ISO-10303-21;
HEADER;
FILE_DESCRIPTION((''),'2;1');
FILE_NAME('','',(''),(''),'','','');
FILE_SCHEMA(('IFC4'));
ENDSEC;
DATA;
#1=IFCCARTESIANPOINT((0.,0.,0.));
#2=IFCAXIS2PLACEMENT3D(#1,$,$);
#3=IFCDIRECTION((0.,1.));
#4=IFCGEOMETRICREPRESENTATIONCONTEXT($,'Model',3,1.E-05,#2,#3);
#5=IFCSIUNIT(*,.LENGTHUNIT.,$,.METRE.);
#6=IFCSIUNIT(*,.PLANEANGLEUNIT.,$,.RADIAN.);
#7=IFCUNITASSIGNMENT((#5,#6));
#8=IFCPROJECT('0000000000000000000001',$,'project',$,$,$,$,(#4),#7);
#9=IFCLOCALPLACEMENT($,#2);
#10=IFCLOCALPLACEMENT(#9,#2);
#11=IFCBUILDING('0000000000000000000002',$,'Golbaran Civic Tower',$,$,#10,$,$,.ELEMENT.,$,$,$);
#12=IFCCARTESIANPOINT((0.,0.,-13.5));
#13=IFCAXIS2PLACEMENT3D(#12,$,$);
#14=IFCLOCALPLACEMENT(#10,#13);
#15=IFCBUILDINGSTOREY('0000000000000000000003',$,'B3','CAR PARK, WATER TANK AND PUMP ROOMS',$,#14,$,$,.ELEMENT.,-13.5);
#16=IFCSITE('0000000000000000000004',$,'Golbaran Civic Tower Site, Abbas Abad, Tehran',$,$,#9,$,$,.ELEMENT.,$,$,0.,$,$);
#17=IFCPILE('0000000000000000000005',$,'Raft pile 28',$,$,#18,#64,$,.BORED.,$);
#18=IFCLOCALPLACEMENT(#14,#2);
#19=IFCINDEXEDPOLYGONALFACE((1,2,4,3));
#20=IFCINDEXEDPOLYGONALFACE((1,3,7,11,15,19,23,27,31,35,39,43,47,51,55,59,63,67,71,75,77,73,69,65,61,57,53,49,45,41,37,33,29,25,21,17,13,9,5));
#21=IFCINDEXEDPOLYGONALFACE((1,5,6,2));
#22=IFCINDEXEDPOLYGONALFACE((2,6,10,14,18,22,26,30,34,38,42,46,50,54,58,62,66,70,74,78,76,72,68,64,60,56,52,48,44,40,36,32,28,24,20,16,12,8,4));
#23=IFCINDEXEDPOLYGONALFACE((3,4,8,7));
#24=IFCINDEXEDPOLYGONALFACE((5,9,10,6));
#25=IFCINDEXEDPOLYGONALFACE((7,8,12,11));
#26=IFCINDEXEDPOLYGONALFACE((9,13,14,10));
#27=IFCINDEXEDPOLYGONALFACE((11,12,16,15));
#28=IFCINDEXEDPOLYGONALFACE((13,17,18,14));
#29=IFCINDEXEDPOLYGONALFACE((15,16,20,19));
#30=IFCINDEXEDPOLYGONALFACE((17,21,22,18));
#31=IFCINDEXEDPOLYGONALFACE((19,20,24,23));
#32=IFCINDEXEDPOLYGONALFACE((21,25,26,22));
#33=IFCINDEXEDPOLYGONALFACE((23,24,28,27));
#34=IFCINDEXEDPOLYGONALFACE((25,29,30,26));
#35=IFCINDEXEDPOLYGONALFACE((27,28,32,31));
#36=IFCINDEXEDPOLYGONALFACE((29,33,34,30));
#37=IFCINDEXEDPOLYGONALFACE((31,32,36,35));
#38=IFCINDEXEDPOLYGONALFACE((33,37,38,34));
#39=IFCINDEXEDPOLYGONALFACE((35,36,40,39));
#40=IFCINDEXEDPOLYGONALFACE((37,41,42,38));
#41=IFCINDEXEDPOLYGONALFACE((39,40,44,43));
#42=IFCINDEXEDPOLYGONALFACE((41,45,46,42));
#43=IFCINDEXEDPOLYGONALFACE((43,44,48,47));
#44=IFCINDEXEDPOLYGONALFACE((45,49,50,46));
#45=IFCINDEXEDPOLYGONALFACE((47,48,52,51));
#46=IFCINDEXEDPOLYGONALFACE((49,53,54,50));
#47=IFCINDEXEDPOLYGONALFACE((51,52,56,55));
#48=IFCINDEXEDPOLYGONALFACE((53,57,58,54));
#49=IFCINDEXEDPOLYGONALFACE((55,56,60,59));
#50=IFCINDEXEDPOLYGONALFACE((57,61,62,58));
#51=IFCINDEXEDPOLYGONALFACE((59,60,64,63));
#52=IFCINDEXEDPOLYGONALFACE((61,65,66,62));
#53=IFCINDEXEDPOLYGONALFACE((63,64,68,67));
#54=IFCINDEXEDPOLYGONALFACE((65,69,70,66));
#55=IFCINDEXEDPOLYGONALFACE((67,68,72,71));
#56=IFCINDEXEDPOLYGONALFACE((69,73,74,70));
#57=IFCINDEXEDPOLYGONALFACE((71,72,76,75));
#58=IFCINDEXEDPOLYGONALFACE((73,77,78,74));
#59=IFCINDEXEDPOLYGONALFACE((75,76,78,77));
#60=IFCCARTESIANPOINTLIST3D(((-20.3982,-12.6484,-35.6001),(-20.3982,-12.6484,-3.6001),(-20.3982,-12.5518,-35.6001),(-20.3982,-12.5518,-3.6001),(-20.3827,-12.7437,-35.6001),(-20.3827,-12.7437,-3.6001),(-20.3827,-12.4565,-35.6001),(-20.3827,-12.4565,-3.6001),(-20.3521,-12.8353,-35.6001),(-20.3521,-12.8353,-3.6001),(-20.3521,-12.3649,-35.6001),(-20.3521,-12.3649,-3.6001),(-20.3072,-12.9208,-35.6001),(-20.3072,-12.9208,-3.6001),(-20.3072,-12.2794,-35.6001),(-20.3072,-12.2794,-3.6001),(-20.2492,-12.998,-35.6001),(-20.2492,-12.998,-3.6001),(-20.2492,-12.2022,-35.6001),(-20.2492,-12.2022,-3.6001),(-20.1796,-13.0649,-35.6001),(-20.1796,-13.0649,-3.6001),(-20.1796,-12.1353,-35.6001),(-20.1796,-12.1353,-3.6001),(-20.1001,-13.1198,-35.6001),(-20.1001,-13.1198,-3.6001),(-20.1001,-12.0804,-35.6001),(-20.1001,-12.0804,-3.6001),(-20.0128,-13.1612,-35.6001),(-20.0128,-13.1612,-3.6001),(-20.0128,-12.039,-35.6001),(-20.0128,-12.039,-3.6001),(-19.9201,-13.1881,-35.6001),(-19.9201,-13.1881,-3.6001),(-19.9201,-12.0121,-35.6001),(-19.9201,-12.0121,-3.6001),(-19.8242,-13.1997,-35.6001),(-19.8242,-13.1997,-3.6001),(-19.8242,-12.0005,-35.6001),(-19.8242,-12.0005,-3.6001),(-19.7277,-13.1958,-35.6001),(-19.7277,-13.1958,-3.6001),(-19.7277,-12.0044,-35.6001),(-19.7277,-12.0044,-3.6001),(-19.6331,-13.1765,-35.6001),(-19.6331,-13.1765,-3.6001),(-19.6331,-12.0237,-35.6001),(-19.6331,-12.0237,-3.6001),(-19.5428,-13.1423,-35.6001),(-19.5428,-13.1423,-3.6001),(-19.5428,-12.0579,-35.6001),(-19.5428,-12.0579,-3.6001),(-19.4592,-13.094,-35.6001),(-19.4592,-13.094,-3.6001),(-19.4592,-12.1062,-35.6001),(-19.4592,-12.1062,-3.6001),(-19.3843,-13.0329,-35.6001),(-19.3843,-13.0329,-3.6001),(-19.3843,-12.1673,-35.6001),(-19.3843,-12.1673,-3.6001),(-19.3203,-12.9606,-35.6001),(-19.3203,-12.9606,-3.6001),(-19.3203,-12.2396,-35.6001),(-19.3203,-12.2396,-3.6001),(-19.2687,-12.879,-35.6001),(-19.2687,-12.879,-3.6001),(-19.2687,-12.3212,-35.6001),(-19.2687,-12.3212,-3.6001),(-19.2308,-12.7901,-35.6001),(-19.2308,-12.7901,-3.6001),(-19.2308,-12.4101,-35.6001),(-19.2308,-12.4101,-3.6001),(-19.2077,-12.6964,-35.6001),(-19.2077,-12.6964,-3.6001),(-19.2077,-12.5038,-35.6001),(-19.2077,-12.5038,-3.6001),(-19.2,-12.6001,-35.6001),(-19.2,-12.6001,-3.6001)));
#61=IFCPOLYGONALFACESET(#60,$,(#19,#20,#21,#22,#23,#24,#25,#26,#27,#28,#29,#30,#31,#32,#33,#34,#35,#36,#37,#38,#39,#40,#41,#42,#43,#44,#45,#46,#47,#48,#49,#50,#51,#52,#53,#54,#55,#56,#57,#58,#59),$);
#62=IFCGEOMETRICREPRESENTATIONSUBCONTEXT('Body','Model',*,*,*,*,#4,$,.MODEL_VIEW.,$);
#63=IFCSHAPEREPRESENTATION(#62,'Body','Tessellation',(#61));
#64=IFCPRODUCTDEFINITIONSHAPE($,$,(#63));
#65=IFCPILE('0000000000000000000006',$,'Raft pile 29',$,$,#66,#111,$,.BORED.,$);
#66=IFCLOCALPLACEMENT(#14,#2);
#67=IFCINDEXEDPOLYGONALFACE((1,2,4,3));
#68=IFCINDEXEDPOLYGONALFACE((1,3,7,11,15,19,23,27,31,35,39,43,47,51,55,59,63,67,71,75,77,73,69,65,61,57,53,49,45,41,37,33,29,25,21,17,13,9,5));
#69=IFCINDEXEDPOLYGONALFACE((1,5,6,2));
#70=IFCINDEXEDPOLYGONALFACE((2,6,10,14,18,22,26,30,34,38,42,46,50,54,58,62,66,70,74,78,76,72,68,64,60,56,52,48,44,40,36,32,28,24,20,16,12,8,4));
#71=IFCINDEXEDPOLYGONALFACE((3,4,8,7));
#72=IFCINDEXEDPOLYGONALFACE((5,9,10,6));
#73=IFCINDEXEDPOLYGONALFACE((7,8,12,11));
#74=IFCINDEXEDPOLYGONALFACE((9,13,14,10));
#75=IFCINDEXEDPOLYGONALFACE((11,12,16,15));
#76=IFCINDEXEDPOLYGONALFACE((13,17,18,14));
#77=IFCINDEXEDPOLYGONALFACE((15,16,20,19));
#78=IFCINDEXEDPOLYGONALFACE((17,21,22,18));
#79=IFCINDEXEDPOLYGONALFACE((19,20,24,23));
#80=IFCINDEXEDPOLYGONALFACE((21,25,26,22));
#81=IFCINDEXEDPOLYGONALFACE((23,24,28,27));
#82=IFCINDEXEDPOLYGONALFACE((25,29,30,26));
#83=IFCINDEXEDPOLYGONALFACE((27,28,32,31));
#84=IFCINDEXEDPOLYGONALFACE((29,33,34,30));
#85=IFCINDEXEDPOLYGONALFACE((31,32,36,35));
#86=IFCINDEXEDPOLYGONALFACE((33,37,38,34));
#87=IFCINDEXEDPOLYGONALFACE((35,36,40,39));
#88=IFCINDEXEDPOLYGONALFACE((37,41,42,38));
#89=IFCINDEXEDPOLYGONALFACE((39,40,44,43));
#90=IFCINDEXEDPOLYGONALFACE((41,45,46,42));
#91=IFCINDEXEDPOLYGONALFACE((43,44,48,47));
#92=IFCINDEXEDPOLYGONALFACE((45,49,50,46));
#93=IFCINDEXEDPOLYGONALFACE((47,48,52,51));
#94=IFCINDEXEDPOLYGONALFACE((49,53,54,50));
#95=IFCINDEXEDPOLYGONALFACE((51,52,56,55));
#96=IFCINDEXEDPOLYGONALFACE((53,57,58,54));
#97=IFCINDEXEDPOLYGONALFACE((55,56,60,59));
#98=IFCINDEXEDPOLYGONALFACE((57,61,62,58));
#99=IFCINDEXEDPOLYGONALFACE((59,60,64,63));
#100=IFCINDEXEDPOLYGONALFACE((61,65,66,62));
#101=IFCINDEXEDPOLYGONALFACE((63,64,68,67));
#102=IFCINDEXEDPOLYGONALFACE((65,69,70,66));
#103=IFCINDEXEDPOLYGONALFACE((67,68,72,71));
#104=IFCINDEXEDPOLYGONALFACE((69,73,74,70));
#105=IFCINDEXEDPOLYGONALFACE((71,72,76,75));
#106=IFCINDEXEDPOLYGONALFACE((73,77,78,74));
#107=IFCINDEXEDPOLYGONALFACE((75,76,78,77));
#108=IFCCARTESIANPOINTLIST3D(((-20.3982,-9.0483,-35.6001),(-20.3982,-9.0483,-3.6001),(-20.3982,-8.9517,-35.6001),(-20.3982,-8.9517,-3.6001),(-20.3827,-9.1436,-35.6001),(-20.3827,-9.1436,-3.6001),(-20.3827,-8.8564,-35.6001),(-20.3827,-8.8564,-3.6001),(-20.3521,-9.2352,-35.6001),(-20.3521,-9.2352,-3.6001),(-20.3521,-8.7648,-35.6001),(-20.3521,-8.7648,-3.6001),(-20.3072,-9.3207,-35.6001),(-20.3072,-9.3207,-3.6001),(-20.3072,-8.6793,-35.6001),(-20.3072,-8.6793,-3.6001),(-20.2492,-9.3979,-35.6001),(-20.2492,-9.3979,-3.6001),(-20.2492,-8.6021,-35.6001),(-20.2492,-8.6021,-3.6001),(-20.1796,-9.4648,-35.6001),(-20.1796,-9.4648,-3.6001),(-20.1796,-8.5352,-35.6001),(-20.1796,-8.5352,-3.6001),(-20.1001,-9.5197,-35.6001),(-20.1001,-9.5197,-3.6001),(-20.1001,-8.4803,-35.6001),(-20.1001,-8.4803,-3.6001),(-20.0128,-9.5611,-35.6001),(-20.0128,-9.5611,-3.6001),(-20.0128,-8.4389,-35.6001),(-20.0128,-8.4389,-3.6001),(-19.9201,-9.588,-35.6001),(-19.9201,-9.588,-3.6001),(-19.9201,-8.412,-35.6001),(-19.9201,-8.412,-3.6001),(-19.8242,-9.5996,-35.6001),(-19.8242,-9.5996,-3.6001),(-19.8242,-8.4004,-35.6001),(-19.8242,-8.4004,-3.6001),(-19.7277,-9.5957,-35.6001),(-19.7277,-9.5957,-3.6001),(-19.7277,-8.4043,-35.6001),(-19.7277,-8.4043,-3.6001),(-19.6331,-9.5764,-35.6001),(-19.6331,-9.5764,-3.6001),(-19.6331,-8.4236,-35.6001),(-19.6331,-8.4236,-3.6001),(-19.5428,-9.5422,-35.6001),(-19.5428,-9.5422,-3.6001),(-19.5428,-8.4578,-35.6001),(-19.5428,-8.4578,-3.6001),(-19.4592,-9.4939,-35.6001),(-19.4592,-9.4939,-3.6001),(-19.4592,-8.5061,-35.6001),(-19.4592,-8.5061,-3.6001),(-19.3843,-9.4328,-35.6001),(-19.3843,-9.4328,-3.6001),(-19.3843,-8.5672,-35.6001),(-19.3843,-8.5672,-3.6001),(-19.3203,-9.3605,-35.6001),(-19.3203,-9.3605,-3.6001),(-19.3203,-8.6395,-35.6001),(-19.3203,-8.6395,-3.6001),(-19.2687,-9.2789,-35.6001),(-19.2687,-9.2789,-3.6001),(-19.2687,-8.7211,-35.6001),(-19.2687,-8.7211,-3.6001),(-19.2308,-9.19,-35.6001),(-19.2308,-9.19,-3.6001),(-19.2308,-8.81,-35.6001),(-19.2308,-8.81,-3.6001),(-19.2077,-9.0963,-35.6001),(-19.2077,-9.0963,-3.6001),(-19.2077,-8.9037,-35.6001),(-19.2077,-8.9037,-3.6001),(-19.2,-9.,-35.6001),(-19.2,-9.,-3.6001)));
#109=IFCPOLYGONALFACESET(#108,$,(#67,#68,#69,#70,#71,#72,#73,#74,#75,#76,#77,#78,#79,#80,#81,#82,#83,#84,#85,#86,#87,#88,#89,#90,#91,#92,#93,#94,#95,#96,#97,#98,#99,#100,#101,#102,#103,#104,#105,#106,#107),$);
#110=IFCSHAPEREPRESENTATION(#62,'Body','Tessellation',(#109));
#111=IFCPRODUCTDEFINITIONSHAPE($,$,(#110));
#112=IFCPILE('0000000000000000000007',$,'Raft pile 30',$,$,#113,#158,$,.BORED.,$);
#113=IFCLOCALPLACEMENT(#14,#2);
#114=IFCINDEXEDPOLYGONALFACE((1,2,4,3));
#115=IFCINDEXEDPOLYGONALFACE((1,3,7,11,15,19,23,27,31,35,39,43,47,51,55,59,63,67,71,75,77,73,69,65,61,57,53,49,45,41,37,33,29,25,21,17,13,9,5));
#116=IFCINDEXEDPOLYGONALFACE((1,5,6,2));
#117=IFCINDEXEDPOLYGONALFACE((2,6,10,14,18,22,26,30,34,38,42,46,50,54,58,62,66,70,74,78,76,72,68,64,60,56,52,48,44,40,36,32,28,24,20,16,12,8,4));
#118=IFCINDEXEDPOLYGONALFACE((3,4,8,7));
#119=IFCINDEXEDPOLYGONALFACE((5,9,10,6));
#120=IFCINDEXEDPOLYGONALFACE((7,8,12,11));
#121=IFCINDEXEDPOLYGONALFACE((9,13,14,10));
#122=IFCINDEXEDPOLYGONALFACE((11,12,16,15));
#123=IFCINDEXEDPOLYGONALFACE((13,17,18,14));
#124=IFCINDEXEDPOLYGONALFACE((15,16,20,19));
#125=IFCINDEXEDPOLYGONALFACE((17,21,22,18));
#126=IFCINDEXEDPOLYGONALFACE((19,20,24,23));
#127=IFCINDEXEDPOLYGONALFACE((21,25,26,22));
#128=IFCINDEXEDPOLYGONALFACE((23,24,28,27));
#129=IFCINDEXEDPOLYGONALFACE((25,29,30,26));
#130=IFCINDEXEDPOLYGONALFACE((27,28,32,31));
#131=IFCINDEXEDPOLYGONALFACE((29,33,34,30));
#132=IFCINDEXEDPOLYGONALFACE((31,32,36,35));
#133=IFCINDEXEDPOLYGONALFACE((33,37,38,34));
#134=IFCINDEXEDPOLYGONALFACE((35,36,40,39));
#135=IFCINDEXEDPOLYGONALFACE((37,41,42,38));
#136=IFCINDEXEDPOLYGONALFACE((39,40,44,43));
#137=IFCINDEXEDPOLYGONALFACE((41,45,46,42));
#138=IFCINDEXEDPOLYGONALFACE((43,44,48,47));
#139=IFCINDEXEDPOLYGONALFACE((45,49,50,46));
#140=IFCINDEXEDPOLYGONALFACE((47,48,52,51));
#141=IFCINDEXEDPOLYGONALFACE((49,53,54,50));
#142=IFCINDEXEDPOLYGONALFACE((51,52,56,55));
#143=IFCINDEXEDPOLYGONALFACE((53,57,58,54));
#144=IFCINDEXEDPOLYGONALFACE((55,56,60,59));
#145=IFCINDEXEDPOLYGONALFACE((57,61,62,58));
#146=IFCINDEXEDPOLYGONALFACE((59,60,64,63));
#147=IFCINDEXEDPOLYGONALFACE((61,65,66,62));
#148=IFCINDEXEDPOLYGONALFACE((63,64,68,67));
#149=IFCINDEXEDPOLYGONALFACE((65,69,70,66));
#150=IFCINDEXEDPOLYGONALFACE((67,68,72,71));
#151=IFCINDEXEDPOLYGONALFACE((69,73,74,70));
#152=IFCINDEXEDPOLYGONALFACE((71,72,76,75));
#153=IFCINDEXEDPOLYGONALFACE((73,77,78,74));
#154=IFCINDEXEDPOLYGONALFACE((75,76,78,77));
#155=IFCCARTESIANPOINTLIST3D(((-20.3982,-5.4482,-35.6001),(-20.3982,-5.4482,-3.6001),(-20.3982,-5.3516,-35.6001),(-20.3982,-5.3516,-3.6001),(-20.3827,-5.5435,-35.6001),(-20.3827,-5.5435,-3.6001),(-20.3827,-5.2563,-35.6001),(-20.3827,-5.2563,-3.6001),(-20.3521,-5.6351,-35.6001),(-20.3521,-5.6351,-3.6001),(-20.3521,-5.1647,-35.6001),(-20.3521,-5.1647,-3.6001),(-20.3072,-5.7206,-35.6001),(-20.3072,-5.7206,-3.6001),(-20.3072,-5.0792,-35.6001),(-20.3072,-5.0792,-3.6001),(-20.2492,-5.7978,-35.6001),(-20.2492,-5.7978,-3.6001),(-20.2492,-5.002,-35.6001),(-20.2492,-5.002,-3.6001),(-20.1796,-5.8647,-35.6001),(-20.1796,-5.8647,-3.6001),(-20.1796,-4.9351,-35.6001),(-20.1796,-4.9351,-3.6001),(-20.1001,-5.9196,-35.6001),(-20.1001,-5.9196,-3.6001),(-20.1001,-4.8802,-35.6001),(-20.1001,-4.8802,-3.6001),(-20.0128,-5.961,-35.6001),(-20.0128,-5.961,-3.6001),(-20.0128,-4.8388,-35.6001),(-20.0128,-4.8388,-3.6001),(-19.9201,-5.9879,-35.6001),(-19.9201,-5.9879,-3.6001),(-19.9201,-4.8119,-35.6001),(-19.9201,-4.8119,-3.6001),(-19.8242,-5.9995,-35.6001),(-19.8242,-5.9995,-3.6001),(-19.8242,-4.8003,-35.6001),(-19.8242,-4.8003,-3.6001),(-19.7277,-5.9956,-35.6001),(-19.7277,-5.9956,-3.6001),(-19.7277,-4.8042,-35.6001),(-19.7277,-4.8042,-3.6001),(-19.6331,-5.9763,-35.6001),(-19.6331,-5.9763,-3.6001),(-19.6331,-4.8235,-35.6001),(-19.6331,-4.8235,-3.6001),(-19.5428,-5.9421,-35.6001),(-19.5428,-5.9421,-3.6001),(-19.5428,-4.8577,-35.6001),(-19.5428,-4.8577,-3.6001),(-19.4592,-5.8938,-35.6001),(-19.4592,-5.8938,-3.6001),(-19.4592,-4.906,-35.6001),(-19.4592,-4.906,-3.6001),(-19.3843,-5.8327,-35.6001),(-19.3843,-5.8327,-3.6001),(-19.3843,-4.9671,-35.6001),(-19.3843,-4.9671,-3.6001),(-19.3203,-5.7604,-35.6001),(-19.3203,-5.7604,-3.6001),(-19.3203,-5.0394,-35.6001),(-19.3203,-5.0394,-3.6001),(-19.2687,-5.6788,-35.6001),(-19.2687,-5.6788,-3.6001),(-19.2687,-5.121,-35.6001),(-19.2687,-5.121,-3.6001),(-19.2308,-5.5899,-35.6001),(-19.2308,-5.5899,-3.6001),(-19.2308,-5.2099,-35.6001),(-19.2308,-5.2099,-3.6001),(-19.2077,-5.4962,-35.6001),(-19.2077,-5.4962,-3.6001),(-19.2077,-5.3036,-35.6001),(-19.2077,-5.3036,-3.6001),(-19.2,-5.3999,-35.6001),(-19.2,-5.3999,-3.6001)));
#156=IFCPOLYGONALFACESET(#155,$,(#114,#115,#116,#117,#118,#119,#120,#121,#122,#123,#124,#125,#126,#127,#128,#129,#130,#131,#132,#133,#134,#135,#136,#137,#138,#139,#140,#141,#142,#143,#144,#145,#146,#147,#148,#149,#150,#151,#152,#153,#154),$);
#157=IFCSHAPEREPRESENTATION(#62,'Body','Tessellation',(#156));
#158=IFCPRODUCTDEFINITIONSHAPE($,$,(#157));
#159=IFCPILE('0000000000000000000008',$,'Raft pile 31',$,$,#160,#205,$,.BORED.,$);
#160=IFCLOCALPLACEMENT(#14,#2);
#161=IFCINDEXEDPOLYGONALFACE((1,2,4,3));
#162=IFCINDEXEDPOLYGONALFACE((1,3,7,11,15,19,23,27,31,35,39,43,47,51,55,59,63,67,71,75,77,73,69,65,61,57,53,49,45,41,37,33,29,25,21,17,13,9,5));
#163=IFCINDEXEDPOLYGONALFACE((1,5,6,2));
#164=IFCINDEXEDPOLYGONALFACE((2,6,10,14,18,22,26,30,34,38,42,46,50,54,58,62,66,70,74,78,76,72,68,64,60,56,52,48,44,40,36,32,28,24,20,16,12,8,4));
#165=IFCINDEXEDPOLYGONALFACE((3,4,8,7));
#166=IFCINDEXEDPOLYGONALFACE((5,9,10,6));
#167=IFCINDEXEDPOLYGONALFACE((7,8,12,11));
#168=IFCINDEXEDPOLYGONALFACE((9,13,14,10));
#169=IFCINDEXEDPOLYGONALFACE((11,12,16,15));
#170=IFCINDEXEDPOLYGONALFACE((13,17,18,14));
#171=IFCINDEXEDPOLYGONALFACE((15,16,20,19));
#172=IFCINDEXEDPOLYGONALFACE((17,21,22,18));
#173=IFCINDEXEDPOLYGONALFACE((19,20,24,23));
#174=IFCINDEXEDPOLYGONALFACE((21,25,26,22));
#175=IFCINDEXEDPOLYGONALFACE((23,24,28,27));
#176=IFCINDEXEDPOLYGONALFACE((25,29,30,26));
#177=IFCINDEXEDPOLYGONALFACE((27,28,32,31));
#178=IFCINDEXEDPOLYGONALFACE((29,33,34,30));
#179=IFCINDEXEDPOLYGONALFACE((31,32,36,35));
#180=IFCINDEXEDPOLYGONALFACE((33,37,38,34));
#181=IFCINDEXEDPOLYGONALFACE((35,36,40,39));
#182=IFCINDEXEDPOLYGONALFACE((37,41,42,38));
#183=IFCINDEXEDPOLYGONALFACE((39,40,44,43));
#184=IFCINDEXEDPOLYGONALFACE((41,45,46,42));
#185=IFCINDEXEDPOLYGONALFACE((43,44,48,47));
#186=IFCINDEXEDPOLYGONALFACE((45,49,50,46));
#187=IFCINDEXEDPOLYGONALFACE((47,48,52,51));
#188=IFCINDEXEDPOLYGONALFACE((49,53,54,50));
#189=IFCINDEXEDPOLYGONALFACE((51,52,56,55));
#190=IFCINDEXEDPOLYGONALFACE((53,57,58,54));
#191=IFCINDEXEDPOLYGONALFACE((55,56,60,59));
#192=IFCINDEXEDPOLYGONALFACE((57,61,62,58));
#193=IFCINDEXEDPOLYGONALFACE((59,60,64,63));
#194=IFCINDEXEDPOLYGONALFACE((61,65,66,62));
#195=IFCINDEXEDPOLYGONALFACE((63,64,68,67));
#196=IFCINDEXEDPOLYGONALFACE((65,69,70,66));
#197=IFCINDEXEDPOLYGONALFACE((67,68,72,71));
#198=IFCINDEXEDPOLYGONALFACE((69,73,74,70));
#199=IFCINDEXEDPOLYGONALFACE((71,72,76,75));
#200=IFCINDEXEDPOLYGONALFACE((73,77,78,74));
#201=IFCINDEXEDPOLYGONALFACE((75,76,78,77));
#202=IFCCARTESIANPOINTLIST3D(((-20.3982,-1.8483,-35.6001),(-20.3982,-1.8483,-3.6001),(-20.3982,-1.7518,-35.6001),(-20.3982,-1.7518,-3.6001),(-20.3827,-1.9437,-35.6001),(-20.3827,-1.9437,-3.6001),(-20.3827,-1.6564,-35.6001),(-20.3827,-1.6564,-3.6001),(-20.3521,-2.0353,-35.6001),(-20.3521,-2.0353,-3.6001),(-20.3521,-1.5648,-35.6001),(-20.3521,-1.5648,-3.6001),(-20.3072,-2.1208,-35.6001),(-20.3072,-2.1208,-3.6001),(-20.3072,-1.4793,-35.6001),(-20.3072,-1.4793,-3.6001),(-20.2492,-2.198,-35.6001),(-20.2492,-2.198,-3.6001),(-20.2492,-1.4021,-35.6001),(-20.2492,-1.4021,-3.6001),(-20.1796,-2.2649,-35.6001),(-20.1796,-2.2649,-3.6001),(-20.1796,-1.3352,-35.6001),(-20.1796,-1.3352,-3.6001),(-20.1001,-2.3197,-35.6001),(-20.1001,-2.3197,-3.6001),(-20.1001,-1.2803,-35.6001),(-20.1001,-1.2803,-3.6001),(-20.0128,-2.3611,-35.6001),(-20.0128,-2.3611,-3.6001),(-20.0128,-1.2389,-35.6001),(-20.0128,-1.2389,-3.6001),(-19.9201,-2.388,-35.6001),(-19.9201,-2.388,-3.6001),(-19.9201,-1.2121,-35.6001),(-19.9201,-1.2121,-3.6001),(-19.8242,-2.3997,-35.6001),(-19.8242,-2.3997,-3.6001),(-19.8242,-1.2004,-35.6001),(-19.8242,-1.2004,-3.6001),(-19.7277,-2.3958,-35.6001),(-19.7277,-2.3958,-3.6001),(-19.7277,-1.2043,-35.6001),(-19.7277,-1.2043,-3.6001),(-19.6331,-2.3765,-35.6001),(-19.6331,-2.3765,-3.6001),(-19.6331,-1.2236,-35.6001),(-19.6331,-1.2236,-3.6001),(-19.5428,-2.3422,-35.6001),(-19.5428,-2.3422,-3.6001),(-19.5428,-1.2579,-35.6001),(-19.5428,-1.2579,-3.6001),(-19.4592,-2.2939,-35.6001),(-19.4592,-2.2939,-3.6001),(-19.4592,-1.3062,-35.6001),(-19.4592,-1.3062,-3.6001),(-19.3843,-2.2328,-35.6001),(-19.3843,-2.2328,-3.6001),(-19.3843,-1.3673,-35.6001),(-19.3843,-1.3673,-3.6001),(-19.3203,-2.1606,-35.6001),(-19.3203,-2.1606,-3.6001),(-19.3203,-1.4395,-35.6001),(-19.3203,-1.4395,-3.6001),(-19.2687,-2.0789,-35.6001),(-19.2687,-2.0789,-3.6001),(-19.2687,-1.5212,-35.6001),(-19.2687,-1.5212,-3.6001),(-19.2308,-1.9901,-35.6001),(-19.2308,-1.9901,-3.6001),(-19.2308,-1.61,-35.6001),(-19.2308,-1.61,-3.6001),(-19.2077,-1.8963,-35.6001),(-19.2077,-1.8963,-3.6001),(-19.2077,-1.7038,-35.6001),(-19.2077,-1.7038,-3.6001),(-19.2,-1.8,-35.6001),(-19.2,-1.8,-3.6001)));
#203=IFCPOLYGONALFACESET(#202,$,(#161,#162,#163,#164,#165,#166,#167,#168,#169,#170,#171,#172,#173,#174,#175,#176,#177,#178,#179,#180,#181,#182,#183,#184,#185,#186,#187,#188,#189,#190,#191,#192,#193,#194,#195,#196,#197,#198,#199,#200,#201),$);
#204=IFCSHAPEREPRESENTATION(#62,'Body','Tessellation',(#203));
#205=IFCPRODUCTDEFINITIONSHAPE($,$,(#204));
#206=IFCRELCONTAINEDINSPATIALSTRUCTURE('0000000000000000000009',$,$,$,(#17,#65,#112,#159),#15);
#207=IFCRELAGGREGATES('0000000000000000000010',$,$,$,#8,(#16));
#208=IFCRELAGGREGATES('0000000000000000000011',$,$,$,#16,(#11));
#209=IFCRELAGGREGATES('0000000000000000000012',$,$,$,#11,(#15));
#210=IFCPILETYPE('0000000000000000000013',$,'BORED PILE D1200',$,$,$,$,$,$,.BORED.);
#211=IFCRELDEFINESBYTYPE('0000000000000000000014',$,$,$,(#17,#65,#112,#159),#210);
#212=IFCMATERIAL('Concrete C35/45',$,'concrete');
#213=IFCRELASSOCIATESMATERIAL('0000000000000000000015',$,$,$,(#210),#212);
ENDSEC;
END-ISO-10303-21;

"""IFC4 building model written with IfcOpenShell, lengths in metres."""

from ifc_helpers import new_model, si_unit, direction, frame, origin, origin_2d, place, context, subcontext, project, spatial, circle, extrude, material, material_profile, profile_set, type_object, element, save


model = new_model("IFC4")

# Units and contexts
model_context = context("Model", 3, precision=1e-05, world=origin(), true_north=direction((0.0, 1.0)))
body_context = subcontext(model_context, "Body", "Model", "MODEL_VIEW")
ifc_project = project(units=[si_unit("LENGTHUNIT", "METRE"), si_unit("PLANEANGLEUNIT", "RADIAN")], contexts=[model_context])

# Site, building, storey
site_placement = place(None, origin())
site = spatial("IfcSite", under=ifc_project, at=site_placement, Name="Golbaran Civic Tower Site, Abbas Abad, Tehran", CompositionType="ELEMENT", RefElevation=0.0)
building_placement = place(site_placement, origin())
building = spatial("IfcBuilding", under=site, at=building_placement, Name="Golbaran Civic Tower", CompositionType="ELEMENT")
storey_placement = place(building_placement, frame((0.0, 0.0, -13.5)))
storey = spatial("IfcBuildingStorey", under=building, at=storey_placement, Name="B3", Description="CAR PARK, WATER TANK AND PUMP ROOMS", CompositionType="ELEMENT", Elevation=-13.5)

# Piles
ifc_material_1 = material(Name="Concrete C35/45", Category="concrete")
ifc_material_profile_1 = material_profile(ifc_material_1, circle(Radius=0.6001, at=origin_2d()), Name="BORED PILE D1200")
ifc_profile_set_1 = profile_set([ifc_material_profile_1], Name="Concrete C35/45")
pile_type_1 = type_object("IfcPileType", Name="BORED PILE D1200", PredefinedType="BORED", material=ifc_profile_set_1)
for number, where, z_axis, x_axis, name in (
    (1, (-19.8, -12.6001, -3.6001), (0.0, 0.0, -1.0), (1.0, 0.0, 0.0), "Raft pile 28"),
    (2, (-19.8, -9.0, -3.6001), (0.0, 0.0, -1.0), (1.0, 0.0, 0.0), "Raft pile 29"),
    (3, (-19.8, -5.3999, -3.6001), (0.0, 0.0, -1.0), (1.0, 0.0, 0.0), "Raft pile 30"),
    (4, (-19.8, -1.8, -3.6001), (0.0, 0.0, -1.0), (1.0, 0.0, 0.0), "Raft pile 31"),
):
    element("IfcPile", number, at=place(storey_placement, frame(where, z_axis=z_axis, x_axis=x_axis)), inside=storey, type_object=pile_type_1, Name=name, PredefinedType="BORED", context=body_context, shape_type="SweptSolid", body=[
        extrude(circle(Radius=0.6001, at=origin_2d()), origin(), (0.0, 0.0, 1.0), 32.0),
    ])

save(model, "model.ifc")
